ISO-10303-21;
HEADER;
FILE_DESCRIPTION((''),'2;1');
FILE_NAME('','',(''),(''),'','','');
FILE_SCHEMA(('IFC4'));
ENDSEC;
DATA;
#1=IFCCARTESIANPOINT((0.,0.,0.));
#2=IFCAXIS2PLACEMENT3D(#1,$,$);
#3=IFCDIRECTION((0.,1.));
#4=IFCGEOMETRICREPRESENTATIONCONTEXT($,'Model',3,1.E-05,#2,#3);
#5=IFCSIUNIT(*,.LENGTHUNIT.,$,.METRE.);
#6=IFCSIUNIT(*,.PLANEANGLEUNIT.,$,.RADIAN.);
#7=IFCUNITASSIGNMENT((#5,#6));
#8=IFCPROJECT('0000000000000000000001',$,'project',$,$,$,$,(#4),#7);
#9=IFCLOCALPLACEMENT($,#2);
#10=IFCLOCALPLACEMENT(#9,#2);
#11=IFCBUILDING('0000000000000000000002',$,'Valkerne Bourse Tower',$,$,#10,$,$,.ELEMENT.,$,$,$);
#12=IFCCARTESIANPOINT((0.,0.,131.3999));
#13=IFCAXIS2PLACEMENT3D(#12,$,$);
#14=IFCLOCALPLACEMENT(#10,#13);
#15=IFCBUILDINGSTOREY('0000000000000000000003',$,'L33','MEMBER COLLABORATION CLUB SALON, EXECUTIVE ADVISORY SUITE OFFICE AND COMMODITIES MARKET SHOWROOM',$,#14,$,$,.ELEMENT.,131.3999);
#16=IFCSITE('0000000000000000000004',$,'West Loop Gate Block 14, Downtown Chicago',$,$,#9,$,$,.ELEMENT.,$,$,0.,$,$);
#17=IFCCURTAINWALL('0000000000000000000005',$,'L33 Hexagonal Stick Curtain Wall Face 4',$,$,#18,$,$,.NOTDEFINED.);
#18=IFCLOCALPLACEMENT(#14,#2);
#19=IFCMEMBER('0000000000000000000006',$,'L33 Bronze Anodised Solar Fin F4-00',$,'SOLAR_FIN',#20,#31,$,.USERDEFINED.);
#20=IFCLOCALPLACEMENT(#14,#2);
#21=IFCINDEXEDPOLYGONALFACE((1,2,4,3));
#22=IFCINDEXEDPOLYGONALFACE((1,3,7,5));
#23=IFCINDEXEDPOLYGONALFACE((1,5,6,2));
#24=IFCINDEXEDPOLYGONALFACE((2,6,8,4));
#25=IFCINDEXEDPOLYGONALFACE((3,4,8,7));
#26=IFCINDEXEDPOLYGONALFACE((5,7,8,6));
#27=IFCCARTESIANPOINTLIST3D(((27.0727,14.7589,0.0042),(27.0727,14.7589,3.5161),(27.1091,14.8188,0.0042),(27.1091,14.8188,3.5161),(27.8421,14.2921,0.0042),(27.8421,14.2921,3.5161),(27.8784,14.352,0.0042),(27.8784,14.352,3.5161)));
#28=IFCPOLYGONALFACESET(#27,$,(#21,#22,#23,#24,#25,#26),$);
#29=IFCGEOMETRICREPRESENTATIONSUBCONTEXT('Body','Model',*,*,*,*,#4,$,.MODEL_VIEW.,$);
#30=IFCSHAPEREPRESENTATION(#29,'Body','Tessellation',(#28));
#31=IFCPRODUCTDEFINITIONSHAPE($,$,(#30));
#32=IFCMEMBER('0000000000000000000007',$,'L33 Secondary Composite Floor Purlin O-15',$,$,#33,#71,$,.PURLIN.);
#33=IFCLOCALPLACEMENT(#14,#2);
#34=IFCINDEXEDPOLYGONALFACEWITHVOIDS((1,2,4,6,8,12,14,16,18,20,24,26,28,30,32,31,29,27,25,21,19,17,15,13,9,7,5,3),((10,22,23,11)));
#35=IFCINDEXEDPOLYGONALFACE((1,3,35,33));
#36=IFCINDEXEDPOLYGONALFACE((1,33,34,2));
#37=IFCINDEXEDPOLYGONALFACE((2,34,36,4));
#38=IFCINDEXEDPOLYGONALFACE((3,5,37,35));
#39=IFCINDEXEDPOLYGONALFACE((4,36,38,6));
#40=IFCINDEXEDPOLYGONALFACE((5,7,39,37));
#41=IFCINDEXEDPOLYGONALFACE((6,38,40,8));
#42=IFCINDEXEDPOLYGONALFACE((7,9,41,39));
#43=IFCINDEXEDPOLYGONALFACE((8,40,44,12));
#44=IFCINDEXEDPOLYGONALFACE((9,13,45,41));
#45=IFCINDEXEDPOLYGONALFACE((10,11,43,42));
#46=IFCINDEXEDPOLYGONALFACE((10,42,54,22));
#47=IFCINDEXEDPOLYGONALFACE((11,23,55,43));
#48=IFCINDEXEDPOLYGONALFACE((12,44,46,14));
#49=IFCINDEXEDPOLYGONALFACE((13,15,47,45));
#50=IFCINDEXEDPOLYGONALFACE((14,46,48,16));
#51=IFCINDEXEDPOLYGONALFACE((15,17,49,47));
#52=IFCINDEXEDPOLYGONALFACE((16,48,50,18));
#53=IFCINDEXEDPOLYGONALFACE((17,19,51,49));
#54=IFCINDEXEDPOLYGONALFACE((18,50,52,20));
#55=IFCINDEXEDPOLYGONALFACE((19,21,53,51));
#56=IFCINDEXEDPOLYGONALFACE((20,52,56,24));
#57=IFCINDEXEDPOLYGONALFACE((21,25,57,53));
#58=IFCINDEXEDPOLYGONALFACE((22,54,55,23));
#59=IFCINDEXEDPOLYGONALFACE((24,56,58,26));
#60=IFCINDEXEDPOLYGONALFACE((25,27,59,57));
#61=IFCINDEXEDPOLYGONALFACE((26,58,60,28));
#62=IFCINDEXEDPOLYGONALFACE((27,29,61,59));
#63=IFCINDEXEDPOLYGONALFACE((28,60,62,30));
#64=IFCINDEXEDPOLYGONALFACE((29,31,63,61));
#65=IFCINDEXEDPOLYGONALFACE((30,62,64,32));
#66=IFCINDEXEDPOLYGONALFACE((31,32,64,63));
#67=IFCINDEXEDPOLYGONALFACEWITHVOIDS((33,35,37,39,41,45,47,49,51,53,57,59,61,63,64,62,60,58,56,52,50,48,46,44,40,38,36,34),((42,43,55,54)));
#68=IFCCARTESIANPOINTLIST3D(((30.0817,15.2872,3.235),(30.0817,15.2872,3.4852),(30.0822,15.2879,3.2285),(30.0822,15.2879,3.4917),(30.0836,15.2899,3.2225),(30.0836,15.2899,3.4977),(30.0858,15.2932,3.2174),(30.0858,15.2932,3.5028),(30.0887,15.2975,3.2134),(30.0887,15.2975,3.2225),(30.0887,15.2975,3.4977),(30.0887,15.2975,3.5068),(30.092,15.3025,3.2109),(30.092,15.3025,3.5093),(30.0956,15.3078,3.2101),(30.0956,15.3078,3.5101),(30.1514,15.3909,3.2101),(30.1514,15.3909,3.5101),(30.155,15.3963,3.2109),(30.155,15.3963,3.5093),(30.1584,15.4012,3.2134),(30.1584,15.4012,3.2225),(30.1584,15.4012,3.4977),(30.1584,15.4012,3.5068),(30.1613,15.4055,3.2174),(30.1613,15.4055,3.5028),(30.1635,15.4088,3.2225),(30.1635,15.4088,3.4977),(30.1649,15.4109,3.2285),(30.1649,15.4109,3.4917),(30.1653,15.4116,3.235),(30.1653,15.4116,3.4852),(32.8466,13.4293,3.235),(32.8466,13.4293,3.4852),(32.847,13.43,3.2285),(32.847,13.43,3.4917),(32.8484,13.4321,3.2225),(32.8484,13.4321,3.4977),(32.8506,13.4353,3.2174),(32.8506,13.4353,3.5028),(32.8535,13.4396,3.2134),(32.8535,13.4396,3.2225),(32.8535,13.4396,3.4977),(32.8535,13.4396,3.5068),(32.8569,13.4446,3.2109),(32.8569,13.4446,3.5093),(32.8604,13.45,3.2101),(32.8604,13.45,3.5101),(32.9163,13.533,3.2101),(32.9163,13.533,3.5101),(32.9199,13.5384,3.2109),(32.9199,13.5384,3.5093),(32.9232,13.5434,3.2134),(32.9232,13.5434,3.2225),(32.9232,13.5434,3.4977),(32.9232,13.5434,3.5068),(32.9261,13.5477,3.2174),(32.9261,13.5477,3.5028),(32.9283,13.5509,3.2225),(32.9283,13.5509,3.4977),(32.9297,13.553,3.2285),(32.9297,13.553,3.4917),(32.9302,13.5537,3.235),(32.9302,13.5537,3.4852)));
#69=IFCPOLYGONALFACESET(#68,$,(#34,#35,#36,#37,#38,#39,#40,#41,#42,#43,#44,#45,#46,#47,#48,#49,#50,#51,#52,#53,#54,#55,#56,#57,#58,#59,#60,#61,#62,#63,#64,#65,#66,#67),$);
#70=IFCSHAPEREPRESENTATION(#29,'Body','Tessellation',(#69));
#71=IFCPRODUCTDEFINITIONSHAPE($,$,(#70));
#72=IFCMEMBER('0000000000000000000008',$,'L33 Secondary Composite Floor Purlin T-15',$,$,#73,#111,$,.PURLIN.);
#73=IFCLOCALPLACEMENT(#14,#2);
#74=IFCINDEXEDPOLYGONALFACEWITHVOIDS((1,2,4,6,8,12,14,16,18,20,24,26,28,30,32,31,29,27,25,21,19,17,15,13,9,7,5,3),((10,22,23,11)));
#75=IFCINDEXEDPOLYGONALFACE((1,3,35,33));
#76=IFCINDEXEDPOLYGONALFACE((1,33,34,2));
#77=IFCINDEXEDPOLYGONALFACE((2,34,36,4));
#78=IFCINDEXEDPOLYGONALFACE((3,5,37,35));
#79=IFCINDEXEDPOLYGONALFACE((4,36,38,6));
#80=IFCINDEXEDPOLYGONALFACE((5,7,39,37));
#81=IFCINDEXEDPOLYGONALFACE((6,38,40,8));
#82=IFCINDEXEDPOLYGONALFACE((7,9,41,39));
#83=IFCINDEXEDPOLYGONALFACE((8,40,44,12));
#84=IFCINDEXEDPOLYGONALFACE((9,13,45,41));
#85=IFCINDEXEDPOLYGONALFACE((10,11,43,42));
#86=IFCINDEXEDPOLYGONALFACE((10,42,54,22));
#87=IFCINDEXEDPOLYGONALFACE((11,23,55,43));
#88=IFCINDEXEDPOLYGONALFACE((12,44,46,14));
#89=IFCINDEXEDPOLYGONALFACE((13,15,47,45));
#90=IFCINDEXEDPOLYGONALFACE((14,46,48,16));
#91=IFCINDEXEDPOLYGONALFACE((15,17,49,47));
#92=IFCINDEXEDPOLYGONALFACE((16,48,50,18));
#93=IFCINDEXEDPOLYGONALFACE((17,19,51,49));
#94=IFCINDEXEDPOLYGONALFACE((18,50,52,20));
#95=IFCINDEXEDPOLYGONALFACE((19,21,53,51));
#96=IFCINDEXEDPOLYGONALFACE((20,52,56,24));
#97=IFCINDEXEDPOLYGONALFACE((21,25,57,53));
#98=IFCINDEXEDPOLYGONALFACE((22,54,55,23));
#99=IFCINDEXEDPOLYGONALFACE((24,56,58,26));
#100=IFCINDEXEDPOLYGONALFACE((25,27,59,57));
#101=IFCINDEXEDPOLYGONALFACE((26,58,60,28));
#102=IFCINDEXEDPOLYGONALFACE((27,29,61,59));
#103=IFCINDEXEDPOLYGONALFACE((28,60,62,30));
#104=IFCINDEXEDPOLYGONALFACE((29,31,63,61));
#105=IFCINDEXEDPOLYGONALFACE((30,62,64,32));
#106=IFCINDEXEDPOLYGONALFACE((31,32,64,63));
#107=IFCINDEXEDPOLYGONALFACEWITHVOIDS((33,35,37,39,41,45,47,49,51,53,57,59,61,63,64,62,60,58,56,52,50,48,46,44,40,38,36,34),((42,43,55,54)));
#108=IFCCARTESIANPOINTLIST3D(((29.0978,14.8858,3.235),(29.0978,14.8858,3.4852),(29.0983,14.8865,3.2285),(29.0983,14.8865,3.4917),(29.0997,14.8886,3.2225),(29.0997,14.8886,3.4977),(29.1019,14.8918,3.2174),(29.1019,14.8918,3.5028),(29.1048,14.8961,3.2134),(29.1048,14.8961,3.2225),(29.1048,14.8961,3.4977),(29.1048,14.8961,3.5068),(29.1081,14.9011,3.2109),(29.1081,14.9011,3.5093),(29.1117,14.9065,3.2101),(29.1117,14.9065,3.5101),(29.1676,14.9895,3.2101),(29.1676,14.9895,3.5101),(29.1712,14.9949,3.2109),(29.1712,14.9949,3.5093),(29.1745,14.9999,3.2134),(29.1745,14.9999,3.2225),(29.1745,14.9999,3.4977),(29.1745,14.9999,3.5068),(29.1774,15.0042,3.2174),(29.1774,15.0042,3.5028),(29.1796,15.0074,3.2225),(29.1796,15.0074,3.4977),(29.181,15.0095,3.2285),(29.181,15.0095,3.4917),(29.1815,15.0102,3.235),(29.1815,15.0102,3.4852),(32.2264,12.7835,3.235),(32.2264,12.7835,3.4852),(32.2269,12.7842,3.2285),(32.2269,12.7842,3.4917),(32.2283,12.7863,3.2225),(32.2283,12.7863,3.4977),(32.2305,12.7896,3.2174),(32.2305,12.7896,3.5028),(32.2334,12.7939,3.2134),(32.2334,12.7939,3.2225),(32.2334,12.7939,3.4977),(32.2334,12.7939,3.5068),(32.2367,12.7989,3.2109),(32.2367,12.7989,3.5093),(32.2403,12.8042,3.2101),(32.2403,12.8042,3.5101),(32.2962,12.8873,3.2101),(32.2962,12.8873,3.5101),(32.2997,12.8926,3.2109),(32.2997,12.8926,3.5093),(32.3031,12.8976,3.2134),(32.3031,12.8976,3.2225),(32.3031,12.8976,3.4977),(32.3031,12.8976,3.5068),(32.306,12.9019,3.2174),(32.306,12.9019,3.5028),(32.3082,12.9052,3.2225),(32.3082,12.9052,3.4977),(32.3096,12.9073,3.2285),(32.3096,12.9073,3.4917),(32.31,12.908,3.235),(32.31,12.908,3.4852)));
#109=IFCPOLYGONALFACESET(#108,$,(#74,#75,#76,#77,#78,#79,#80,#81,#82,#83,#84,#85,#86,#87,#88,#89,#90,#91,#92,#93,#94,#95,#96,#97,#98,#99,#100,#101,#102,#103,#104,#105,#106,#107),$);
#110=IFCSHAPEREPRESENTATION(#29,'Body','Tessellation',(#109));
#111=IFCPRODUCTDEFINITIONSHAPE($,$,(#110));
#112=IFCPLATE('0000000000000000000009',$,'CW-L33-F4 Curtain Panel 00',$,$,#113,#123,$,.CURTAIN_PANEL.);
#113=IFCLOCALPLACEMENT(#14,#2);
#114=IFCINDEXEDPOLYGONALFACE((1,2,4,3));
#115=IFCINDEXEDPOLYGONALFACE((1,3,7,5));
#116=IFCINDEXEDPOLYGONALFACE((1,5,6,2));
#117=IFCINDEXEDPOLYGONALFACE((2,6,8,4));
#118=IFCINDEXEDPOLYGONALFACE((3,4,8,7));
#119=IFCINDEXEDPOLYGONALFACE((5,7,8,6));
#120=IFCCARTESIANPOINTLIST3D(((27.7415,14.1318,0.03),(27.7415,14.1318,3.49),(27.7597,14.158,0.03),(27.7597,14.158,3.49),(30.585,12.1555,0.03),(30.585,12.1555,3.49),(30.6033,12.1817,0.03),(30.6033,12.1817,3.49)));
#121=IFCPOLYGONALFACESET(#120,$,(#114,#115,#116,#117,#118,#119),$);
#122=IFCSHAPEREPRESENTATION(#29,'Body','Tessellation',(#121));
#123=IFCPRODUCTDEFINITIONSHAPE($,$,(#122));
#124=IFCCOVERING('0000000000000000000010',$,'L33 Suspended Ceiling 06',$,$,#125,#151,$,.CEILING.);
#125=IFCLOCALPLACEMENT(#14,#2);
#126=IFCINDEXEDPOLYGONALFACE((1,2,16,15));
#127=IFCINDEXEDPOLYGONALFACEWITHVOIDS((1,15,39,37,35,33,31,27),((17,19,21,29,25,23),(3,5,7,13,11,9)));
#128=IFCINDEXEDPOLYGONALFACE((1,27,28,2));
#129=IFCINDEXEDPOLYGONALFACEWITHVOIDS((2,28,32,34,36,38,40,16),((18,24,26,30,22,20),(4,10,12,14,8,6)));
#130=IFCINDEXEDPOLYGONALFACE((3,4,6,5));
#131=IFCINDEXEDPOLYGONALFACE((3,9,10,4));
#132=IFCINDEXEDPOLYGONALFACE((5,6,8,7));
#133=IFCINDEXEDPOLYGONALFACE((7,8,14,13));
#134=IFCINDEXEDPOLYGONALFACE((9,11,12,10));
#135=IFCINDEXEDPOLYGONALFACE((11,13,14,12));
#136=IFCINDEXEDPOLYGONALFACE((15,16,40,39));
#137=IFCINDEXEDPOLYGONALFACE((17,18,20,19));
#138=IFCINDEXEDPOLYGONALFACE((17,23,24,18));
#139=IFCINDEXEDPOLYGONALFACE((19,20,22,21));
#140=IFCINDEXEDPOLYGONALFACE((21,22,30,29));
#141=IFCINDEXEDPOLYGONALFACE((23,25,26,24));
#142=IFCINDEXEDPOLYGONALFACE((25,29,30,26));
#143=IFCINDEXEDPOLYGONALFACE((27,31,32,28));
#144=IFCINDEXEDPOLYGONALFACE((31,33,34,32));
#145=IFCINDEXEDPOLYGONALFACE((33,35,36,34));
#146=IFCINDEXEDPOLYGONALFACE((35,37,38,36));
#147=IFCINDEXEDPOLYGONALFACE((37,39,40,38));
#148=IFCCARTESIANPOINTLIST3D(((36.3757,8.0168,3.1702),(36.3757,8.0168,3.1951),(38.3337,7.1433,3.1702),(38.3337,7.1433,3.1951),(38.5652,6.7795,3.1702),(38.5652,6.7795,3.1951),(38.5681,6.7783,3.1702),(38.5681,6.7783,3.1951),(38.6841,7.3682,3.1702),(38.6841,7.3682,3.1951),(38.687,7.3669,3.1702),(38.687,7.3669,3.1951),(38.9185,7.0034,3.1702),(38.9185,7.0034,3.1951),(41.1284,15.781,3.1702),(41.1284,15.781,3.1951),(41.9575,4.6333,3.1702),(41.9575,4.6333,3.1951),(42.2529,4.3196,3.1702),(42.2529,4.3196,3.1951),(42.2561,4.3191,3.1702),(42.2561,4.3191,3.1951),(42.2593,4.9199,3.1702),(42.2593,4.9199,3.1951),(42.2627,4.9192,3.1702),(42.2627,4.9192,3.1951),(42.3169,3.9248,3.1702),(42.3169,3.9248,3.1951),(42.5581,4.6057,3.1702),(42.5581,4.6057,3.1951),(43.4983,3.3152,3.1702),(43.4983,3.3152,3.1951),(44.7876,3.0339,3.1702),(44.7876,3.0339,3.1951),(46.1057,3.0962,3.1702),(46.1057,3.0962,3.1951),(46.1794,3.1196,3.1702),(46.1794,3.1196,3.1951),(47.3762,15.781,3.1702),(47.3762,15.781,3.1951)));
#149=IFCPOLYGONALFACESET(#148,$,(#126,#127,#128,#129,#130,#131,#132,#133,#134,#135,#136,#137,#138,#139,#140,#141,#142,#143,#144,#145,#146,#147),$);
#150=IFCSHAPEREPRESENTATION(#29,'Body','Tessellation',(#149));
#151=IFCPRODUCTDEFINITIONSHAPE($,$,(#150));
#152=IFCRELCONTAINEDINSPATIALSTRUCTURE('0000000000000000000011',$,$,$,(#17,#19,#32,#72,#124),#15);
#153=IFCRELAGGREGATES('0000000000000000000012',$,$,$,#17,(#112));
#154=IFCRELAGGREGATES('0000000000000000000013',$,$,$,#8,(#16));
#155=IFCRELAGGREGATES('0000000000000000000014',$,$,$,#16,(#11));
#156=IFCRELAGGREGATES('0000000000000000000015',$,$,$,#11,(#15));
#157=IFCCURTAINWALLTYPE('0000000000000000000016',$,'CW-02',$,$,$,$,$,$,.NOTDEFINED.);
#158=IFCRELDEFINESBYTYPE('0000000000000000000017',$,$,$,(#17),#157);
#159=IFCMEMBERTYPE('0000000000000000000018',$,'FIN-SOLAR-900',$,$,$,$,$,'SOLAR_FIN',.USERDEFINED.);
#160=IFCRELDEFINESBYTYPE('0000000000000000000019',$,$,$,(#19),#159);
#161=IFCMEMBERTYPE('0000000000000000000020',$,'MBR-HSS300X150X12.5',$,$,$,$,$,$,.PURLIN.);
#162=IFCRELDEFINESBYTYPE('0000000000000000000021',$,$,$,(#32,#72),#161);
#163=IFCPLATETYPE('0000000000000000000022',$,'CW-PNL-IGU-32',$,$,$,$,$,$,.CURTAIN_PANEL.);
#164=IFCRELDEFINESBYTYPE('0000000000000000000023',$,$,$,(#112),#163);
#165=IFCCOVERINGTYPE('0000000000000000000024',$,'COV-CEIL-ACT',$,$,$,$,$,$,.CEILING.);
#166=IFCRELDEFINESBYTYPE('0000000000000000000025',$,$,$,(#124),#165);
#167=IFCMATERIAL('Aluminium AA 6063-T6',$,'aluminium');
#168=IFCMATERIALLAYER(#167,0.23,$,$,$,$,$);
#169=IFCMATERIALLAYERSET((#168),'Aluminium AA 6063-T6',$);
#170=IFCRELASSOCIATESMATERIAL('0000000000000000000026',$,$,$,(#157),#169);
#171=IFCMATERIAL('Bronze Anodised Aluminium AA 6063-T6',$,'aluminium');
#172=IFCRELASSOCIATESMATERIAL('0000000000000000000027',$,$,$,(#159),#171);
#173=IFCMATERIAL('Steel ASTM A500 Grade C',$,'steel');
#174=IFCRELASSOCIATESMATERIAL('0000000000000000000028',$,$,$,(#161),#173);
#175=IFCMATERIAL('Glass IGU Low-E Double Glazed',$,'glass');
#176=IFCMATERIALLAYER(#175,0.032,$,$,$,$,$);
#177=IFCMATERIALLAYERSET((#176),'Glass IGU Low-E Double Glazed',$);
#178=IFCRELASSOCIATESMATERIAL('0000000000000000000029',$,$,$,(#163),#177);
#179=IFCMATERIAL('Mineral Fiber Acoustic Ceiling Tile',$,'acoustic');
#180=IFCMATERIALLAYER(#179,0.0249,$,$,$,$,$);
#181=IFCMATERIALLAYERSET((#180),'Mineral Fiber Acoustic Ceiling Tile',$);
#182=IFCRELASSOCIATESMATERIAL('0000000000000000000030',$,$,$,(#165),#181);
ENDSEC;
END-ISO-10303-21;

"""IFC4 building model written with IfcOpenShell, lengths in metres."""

from ifc_helpers import new_model, si_unit, direction, frame, origin, origin_2d, place, context, subcontext, project, spatial, polyline, rectangle, hollow_rectangle, outline, extrude, material, layer, layer_set, material_profile, profile_set, type_object, element, aggregate, save


model = new_model("IFC4")

# Units and contexts
model_context = context("Model", 3, precision=1e-05, world=origin(), true_north=direction((0.0, 1.0)))
body_context = subcontext(model_context, "Body", "Model", "MODEL_VIEW")
ifc_project = project(units=[si_unit("LENGTHUNIT", "METRE"), si_unit("PLANEANGLEUNIT", "RADIAN")], contexts=[model_context])

# Site, building, storey
site_placement = place(None, origin())
site = spatial("IfcSite", under=ifc_project, at=site_placement, Name="West Loop Gate Block 14, Downtown Chicago", CompositionType="ELEMENT", RefElevation=0.0)
building_placement = place(site_placement, origin())
building = spatial("IfcBuilding", under=site, at=building_placement, Name="Valkerne Bourse Tower", CompositionType="ELEMENT")
storey_placement = place(building_placement, frame((0.0, 0.0, 131.3999)))
storey = spatial("IfcBuildingStorey", under=building, at=storey_placement, Name="L33", Description="MEMBER COLLABORATION CLUB SALON, EXECUTIVE ADVISORY SUITE OFFICE AND COMMODITIES MARKET SHOWROOM", CompositionType="ELEMENT", Elevation=131.3999)

# Curtain wall
ifc_material_1 = material(Name="Aluminium AA 6063-T6", Category="aluminium")
ifc_layer_1 = layer(ifc_material_1, 0.23)
ifc_layer_set_1 = layer_set([ifc_layer_1], Name="Aluminium AA 6063-T6")
curtain_wall_type = type_object("IfcCurtainWallType", Name="CW-02", PredefinedType="NOTDEFINED", material=ifc_layer_set_1)
curtain_wall_placement = place(storey_placement, origin())
curtain_wall = element("IfcCurtainWall", 1, at=curtain_wall_placement, inside=storey, type_object=curtain_wall_type, Name="L33 Hexagonal Stick Curtain Wall Face 4", PredefinedType="NOTDEFINED")

# Members
ifc_material_2 = material(Name="Bronze Anodised Aluminium AA 6063-T6", Category="aluminium")
ifc_material_profile_1 = material_profile(ifc_material_2, rectangle(XDim=0.0701, YDim=0.8999, at=origin_2d()), Name="FIN-70X900")
ifc_profile_set_1 = profile_set([ifc_material_profile_1], Name="Bronze Anodised Aluminium AA 6063-T6")
member_type_1 = type_object("IfcMemberType", Name="FIN-SOLAR-900", ElementType="SOLAR_FIN", PredefinedType="USERDEFINED", material=ifc_profile_set_1)
member_1_placement = place(storey_placement, frame((27.4756, 14.5554, 0.0042), z_axis=(0.0, 0.0, 1.0), x_axis=(-0.518726, -0.85494, 0.0)))
element("IfcMember", 2, at=member_1_placement, inside=storey, type_object=member_type_1, Name="L33 Bronze Anodised Solar Fin F4-00", ObjectType="SOLAR_FIN", PredefinedType="USERDEFINED", context=body_context, shape_type="SweptSolid", body=[
    extrude(rectangle(XDim=0.0701, YDim=0.8999, at=origin_2d()), origin(), (0.0, 0.0, 1.0), 3.512),
])
ifc_material_3 = material(Name="Steel ASTM A500 Grade C", Category="steel")
ifc_material_profile_2 = material_profile(ifc_material_3, hollow_rectangle(XDim=0.1499, YDim=0.3, WallThickness=0.0125, OuterFilletRadius=0.0249, at=origin_2d()), Name="HSS300X150X12.5")
ifc_profile_set_2 = profile_set([ifc_material_profile_2], Name="Steel ASTM A500 Grade C")
member_type_2 = type_object("IfcMemberType", Name="MBR-HSS300X150X12.5", PredefinedType="PURLIN", material=ifc_profile_set_2)
member_2_placement = place(storey_placement, frame((30.1235, 15.3494, 3.3601), z_axis=(0.830015, -0.557741, 0.0), x_axis=(0.557741, 0.830015, 0.0)))
element("IfcMember", 3, at=member_2_placement, inside=storey, type_object=member_type_2, Name="L33 Secondary Composite Floor Purlin O-15", PredefinedType="PURLIN", context=body_context, shape_type="SweptSolid", body=[
    extrude(hollow_rectangle(XDim=0.1499, YDim=0.3, WallThickness=0.0125, OuterFilletRadius=0.0249, at=origin_2d()), origin(), (0.0, 0.0, 1.0), 3.3311),
])
member_3_placement = place(storey_placement, frame((29.1396, 14.948, 3.3601), z_axis=(0.830022, -0.557731, 0.0), x_axis=(0.557731, 0.830022, 0.0)))
element("IfcMember", 4, at=member_3_placement, inside=storey, type_object=member_type_2, Name="L33 Secondary Composite Floor Purlin T-15", PredefinedType="PURLIN", context=body_context, shape_type="SweptSolid", body=[
    extrude(hollow_rectangle(XDim=0.1499, YDim=0.3, WallThickness=0.0125, OuterFilletRadius=0.0249, at=origin_2d()), origin(), (0.0, 0.0, 1.0), 3.7693),
])

# Plate
ifc_material_4 = material(Name="Glass IGU Low-E Double Glazed", Category="glass")
ifc_layer_2 = layer(ifc_material_4, 0.032)
ifc_layer_set_2 = layer_set([ifc_layer_2], Name="Glass IGU Low-E Double Glazed")
plate_type = type_object("IfcPlateType", Name="CW-PNL-IGU-32", PredefinedType="CURTAIN_PANEL", material=ifc_layer_set_2)
plate_placement = place(storey_placement, frame((29.1724, 13.1567, 0.03), z_axis=(0.0, 0.0, 1.0), x_axis=(0.821153, -0.570707, 0.0)))
plate = element("IfcPlate", 5, at=plate_placement, type_object=plate_type, Name="CW-L33-F4 Curtain Panel 00", PredefinedType="CURTAIN_PANEL", context=body_context, shape_type="SweptSolid", body=[
    extrude(rectangle(XDim=3.4629, YDim=0.032, at=origin_2d()), origin(), (0.0, 0.0, 1.0), 3.46),
])
aggregate(curtain_wall, [plate])

# Covering
ifc_material_5 = material(Name="Mineral Fiber Acoustic Ceiling Tile", Category="acoustic")
ifc_layer_3 = layer(ifc_material_5, 0.0249)
ifc_layer_set_3 = layer_set([ifc_layer_3], Name="Mineral Fiber Acoustic Ceiling Tile")
covering_type_1 = type_object("IfcCoveringType", Name="COV-CEIL-ACT", PredefinedType="CEILING", material=ifc_layer_set_3)
covering_1_placement = place(storey_placement, frame((0.0, 0.0, 3.1702)))
element("IfcCovering", 6, at=covering_1_placement, inside=storey, type_object=covering_type_1, Name="L33 Suspended Ceiling 06", PredefinedType="CEILING", context=body_context, shape_type="SweptSolid", body=[
    extrude(outline(polyline([(43.4983, 3.3152), (42.3169, 3.9248), (36.3757, 8.0168), (41.1284, 15.781), (47.3762, 15.781), (46.1794, 3.1196), (46.1057, 3.0962), (44.7876, 3.0339), (43.4983, 3.3152)]), holes=[polyline([(42.2627, 4.9192), (42.2593, 4.9199), (41.9575, 4.6333), (42.2529, 4.3196), (42.2561, 4.3191), (42.5581, 4.6057), (42.2627, 4.9192)]), polyline([(38.687, 7.3669), (38.6841, 7.3682), (38.3337, 7.1433), (38.5652, 6.7795), (38.5681, 6.7783), (38.9185, 7.0034), (38.687, 7.3669)])]), origin(), (0.0, 0.0, 1.0), 0.0249),
])

save(model, "model.ifc")
